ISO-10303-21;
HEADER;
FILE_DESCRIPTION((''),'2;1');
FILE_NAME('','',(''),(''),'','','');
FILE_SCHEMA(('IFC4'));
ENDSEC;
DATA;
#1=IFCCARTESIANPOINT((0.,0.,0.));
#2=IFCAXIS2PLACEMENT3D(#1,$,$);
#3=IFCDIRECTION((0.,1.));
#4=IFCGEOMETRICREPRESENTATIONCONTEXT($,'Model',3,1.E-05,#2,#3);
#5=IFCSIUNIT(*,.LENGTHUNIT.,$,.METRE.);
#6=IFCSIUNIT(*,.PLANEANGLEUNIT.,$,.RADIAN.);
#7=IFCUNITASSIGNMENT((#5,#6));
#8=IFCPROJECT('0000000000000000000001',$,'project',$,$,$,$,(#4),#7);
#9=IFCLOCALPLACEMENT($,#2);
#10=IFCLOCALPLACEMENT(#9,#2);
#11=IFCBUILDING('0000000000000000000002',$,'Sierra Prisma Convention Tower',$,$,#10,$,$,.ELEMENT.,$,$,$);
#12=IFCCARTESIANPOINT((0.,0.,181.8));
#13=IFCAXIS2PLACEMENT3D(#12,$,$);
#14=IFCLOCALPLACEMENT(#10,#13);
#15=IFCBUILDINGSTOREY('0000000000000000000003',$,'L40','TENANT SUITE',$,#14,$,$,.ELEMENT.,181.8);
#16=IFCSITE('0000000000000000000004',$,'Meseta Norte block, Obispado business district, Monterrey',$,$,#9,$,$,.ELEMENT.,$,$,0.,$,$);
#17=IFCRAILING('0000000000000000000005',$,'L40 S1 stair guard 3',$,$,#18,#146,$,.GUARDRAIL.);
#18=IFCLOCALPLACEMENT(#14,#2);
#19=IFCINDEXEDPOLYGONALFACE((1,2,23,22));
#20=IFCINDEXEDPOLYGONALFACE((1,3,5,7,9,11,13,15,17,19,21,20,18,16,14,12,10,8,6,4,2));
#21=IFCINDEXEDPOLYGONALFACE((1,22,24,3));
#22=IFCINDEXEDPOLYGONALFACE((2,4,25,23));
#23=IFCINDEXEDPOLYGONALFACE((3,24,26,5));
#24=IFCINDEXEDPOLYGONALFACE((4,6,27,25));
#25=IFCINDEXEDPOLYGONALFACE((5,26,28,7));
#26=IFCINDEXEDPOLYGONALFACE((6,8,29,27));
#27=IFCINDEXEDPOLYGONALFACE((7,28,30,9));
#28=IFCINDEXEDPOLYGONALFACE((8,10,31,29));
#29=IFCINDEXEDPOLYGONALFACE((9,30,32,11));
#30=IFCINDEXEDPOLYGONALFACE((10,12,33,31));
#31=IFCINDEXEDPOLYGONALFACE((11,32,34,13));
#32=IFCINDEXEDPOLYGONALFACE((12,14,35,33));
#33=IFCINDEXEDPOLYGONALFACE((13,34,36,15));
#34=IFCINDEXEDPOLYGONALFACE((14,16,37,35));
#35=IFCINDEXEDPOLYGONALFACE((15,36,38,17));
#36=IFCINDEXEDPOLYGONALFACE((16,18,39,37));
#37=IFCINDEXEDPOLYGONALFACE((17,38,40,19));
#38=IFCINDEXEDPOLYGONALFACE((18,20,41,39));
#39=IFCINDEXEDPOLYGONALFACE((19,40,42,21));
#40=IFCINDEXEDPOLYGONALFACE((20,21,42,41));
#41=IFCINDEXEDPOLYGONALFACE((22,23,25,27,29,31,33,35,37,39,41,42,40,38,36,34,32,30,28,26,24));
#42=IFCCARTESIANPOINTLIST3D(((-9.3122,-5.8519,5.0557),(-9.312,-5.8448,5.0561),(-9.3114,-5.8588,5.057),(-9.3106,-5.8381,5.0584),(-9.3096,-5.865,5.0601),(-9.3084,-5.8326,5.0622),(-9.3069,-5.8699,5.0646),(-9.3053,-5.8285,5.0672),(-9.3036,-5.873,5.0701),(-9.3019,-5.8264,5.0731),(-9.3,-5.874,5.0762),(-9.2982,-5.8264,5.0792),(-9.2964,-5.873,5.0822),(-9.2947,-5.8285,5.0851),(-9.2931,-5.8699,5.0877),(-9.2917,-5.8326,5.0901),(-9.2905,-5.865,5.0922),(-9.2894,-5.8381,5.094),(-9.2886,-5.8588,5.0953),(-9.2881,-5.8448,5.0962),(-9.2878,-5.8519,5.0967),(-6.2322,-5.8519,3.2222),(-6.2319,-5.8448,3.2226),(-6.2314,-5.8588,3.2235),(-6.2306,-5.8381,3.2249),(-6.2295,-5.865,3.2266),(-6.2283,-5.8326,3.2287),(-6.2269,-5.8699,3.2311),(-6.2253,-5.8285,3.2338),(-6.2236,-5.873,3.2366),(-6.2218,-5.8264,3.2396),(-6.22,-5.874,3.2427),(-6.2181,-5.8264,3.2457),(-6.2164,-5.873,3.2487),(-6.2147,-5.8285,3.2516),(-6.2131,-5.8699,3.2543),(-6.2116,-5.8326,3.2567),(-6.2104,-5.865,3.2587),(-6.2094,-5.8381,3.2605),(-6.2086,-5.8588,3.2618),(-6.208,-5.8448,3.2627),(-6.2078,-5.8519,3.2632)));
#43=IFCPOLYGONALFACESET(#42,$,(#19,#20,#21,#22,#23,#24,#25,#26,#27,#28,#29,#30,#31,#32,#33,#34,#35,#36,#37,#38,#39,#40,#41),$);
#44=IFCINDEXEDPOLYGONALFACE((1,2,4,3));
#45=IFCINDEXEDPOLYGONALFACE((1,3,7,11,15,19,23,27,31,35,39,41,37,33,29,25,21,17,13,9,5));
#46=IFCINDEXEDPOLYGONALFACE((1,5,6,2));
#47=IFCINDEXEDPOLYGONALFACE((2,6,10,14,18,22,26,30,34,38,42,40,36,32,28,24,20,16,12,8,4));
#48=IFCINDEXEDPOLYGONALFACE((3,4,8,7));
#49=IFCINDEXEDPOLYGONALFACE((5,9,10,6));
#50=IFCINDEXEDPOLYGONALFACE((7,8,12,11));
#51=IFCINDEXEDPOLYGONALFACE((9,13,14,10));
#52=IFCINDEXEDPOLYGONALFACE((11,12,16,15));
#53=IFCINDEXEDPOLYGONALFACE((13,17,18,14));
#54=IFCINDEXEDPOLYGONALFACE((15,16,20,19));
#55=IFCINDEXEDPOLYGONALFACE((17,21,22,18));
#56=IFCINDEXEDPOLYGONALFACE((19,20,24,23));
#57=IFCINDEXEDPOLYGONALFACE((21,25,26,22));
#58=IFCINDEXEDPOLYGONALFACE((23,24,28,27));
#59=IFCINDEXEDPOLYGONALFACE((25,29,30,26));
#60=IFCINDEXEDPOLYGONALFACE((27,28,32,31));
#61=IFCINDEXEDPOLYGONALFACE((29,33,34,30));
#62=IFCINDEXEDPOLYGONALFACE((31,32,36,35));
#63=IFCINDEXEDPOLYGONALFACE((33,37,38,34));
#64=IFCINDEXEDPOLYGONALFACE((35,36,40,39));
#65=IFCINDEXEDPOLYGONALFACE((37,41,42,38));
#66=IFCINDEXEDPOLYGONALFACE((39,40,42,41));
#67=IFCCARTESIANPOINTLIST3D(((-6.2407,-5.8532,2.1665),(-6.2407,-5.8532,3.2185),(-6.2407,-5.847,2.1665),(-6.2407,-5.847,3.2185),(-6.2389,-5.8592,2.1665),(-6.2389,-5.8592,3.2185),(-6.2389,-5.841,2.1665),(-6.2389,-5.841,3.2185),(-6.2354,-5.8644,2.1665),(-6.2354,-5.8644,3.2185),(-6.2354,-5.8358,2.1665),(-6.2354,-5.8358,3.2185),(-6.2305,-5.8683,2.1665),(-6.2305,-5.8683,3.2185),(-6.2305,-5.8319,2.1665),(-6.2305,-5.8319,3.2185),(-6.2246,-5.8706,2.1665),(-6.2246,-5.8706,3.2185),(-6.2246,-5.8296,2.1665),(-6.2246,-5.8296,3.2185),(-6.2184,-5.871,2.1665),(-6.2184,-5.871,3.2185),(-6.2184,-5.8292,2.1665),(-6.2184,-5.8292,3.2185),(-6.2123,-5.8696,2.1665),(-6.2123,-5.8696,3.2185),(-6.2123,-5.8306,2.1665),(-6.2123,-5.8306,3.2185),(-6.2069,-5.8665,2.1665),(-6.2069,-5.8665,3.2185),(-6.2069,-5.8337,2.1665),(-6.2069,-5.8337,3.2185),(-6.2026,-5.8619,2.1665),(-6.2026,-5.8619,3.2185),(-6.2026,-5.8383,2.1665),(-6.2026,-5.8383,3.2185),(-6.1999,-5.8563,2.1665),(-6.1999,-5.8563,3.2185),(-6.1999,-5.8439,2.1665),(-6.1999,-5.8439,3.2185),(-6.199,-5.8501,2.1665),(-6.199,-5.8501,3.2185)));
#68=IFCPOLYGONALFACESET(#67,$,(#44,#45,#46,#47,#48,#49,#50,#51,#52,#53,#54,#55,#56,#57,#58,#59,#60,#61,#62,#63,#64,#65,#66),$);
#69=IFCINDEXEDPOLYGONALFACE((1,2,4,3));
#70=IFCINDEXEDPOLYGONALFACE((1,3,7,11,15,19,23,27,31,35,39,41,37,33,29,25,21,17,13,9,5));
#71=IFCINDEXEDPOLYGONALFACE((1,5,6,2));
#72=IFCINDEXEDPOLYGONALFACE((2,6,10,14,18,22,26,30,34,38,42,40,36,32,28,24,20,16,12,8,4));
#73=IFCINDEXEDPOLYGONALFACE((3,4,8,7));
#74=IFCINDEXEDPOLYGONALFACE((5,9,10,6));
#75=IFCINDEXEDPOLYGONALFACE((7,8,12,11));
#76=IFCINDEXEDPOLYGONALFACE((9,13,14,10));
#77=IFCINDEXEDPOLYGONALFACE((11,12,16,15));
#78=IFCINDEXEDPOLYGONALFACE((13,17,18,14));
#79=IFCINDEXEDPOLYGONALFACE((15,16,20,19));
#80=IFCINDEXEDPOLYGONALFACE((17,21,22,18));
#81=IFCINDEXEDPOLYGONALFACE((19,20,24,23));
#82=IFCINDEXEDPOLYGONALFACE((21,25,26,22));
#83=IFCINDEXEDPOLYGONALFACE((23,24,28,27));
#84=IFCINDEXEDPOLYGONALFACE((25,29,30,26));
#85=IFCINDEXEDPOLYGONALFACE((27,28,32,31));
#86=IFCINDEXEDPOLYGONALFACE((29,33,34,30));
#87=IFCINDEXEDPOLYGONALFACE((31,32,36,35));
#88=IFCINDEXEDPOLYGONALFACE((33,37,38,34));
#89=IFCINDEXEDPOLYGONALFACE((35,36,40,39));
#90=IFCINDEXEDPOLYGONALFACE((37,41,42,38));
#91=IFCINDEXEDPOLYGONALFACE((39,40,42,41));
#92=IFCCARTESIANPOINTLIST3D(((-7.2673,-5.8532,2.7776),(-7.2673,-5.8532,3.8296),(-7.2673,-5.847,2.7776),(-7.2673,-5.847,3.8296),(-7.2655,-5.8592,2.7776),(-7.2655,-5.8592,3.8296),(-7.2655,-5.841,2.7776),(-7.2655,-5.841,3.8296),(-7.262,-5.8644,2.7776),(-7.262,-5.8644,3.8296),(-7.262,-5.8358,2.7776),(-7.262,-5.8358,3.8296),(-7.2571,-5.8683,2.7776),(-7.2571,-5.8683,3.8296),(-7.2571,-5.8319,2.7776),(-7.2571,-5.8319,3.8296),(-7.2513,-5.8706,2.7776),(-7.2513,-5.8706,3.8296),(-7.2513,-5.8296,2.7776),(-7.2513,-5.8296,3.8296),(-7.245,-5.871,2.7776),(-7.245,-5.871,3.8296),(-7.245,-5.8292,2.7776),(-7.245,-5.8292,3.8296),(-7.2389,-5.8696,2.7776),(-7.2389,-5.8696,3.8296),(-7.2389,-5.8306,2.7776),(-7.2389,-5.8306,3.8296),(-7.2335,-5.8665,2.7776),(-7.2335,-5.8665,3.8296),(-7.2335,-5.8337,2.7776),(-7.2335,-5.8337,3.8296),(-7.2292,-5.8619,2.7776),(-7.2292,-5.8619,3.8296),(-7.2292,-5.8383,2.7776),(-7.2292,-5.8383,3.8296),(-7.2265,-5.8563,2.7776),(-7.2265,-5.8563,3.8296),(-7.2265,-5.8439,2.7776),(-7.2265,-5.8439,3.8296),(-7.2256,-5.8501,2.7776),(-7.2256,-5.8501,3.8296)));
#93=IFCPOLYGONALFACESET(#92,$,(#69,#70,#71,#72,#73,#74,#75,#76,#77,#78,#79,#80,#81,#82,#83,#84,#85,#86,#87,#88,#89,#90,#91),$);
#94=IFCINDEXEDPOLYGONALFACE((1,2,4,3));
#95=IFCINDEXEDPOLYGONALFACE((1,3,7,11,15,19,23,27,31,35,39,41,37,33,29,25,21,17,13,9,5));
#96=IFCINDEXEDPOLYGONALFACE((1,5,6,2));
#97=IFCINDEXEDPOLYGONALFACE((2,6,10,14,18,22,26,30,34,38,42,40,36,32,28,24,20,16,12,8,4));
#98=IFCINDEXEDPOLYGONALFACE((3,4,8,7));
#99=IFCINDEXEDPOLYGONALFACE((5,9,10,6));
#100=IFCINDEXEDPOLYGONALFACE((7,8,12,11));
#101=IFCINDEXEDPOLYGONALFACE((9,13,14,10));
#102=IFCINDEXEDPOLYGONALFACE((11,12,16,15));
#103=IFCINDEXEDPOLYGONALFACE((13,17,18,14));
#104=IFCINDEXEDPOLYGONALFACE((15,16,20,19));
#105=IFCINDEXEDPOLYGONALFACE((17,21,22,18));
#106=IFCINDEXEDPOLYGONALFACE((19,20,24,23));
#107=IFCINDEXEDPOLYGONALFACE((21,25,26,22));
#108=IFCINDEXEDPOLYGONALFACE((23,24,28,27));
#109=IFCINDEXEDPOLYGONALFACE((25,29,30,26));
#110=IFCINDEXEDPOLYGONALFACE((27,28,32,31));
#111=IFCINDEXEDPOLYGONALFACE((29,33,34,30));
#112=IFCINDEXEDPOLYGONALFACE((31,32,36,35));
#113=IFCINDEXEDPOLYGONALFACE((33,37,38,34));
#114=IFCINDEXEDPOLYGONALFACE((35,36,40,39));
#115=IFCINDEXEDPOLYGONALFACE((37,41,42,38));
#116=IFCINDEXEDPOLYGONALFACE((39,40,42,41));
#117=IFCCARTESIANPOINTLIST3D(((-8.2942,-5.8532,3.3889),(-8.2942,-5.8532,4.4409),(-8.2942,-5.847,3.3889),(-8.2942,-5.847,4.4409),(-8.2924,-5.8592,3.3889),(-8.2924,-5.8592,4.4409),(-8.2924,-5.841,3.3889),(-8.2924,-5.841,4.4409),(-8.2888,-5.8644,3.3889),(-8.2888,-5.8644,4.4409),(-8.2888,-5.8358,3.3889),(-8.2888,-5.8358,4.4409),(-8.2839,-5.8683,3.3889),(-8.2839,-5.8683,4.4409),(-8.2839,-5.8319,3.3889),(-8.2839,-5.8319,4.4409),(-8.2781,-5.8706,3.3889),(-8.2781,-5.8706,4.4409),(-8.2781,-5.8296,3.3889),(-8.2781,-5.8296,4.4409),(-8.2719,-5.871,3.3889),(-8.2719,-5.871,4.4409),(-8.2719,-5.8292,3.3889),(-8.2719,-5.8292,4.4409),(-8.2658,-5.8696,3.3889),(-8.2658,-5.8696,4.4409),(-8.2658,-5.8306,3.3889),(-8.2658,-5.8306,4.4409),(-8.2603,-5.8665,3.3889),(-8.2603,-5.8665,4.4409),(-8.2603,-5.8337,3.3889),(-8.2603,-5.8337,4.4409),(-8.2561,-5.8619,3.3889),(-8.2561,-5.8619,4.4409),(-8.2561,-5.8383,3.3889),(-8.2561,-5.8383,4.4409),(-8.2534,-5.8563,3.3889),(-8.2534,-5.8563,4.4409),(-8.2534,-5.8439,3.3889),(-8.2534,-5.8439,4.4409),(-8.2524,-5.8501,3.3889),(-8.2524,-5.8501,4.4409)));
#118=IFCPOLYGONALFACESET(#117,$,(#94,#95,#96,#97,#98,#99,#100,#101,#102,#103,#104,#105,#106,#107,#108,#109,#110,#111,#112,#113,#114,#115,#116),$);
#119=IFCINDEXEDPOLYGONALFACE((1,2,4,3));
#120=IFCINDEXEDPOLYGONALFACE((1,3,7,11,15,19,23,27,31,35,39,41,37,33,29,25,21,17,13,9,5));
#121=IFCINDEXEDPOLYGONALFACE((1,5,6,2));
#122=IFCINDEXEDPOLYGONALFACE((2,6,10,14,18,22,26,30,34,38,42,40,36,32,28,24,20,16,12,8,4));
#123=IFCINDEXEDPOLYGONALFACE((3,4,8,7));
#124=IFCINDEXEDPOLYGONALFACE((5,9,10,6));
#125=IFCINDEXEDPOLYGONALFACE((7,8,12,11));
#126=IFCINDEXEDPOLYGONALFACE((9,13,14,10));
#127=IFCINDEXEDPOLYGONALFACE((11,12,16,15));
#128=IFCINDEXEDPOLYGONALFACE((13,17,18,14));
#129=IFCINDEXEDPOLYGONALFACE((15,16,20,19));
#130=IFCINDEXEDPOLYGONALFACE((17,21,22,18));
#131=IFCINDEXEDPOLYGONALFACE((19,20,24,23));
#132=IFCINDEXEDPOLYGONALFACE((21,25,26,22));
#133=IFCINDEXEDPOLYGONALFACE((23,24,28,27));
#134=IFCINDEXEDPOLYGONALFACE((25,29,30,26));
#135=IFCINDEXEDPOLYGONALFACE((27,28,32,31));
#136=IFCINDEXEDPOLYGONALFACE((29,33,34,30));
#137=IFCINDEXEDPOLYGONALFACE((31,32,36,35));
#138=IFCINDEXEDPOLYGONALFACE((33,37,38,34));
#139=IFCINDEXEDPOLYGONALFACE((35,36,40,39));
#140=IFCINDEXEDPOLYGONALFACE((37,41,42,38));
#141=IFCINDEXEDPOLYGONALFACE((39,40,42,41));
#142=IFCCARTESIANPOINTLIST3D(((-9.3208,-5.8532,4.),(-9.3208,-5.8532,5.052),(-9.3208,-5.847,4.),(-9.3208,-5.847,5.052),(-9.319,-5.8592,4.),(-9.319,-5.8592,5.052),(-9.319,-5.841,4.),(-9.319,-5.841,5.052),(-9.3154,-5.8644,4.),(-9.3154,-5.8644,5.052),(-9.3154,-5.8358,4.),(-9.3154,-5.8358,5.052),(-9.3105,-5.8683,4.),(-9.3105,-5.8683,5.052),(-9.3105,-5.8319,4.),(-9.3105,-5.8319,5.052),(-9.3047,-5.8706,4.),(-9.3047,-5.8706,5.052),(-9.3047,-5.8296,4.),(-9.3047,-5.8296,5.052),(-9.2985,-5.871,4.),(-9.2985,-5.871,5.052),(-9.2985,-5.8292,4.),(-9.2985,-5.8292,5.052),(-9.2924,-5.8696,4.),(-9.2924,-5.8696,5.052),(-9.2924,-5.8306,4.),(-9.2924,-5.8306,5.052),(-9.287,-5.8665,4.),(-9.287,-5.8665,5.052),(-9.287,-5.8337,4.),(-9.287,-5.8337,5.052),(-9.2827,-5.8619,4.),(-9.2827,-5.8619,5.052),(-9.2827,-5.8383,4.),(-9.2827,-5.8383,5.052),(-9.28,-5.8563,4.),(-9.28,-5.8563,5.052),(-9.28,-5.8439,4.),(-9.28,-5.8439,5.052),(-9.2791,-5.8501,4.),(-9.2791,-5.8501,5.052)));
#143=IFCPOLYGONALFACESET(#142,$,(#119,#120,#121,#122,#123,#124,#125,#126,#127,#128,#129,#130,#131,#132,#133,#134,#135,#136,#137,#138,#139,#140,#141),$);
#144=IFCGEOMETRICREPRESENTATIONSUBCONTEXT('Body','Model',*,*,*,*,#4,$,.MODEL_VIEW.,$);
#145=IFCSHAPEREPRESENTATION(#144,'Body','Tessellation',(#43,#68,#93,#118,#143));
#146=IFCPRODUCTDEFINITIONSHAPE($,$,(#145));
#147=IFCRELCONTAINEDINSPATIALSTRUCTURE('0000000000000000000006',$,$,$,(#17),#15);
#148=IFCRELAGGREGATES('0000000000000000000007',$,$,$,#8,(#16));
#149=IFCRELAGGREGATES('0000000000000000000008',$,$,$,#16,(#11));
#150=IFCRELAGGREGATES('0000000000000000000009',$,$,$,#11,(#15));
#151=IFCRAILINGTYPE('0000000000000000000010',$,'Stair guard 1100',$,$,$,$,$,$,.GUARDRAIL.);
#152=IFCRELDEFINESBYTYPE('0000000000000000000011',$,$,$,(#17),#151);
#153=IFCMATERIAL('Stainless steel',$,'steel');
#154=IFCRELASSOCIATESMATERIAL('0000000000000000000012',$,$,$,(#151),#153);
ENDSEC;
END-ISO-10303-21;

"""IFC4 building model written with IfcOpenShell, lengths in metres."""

from ifc_helpers import new_model, si_unit, direction, frame, origin, origin_2d, place, context, subcontext, project, spatial, circle, extrude, material, type_object, element, save


model = new_model("IFC4")

# Units and contexts
model_context = context("Model", 3, precision=1e-05, world=origin(), true_north=direction((0.0, 1.0)))
body_context = subcontext(model_context, "Body", "Model", "MODEL_VIEW")
ifc_project = project(units=[si_unit("LENGTHUNIT", "METRE"), si_unit("PLANEANGLEUNIT", "RADIAN")], contexts=[model_context])

# Site, building, storey
site_placement = place(None, origin())
site = spatial("IfcSite", under=ifc_project, at=site_placement, Name="Meseta Norte block, Obispado business district, Monterrey", CompositionType="ELEMENT", RefElevation=0.0)
building_placement = place(site_placement, origin())
building = spatial("IfcBuilding", under=site, at=building_placement, Name="Sierra Prisma Convention Tower", CompositionType="ELEMENT")
storey_placement = place(building_placement, frame((0.0, 0.0, 181.8)))
storey = spatial("IfcBuildingStorey", under=building, at=storey_placement, Name="L40", Description="TENANT SUITE", CompositionType="ELEMENT", Elevation=181.8)

# Railing
ifc_material_1 = material(Name="Stainless steel", Category="steel")
railing_type_1 = type_object("IfcRailingType", Name="Stair guard 1100", PredefinedType="GUARDRAIL", material=ifc_material_1)
railing_1_placement = place(storey_placement, frame((-6.22, -5.8501, 2.1665)))
element("IfcRailing", 1, at=railing_1_placement, inside=storey, type_object=railing_type_1, Name="L40 S1 stair guard 3", PredefinedType="GUARDRAIL", context=body_context, shape_type="SweptSolid", body=[
    extrude(circle(Radius=0.0239, at=origin_2d()), frame((0.0, 0.0, 1.0762), z_axis=(-0.859279, 0.0, 0.511508), x_axis=(0.0, -1.0, 0.0)), (0.0, 0.0, 1.0), 3.5845),
    extrude(circle(Radius=0.021, at=origin_2d()), origin(), (0.0, 0.0, 1.0), 1.052),
    extrude(circle(Radius=0.021, at=origin_2d()), frame((-1.0266, 0.0, 0.6111)), (0.0, 0.0, 1.0), 1.052),
    extrude(circle(Radius=0.021, at=origin_2d()), frame((-2.0535, 0.0, 1.2224)), (0.0, 0.0, 1.0), 1.052),
    extrude(circle(Radius=0.021, at=origin_2d()), frame((-3.0801, 0.0, 1.8335)), (0.0, 0.0, 1.0), 1.052),
])

save(model, "model.ifc")
